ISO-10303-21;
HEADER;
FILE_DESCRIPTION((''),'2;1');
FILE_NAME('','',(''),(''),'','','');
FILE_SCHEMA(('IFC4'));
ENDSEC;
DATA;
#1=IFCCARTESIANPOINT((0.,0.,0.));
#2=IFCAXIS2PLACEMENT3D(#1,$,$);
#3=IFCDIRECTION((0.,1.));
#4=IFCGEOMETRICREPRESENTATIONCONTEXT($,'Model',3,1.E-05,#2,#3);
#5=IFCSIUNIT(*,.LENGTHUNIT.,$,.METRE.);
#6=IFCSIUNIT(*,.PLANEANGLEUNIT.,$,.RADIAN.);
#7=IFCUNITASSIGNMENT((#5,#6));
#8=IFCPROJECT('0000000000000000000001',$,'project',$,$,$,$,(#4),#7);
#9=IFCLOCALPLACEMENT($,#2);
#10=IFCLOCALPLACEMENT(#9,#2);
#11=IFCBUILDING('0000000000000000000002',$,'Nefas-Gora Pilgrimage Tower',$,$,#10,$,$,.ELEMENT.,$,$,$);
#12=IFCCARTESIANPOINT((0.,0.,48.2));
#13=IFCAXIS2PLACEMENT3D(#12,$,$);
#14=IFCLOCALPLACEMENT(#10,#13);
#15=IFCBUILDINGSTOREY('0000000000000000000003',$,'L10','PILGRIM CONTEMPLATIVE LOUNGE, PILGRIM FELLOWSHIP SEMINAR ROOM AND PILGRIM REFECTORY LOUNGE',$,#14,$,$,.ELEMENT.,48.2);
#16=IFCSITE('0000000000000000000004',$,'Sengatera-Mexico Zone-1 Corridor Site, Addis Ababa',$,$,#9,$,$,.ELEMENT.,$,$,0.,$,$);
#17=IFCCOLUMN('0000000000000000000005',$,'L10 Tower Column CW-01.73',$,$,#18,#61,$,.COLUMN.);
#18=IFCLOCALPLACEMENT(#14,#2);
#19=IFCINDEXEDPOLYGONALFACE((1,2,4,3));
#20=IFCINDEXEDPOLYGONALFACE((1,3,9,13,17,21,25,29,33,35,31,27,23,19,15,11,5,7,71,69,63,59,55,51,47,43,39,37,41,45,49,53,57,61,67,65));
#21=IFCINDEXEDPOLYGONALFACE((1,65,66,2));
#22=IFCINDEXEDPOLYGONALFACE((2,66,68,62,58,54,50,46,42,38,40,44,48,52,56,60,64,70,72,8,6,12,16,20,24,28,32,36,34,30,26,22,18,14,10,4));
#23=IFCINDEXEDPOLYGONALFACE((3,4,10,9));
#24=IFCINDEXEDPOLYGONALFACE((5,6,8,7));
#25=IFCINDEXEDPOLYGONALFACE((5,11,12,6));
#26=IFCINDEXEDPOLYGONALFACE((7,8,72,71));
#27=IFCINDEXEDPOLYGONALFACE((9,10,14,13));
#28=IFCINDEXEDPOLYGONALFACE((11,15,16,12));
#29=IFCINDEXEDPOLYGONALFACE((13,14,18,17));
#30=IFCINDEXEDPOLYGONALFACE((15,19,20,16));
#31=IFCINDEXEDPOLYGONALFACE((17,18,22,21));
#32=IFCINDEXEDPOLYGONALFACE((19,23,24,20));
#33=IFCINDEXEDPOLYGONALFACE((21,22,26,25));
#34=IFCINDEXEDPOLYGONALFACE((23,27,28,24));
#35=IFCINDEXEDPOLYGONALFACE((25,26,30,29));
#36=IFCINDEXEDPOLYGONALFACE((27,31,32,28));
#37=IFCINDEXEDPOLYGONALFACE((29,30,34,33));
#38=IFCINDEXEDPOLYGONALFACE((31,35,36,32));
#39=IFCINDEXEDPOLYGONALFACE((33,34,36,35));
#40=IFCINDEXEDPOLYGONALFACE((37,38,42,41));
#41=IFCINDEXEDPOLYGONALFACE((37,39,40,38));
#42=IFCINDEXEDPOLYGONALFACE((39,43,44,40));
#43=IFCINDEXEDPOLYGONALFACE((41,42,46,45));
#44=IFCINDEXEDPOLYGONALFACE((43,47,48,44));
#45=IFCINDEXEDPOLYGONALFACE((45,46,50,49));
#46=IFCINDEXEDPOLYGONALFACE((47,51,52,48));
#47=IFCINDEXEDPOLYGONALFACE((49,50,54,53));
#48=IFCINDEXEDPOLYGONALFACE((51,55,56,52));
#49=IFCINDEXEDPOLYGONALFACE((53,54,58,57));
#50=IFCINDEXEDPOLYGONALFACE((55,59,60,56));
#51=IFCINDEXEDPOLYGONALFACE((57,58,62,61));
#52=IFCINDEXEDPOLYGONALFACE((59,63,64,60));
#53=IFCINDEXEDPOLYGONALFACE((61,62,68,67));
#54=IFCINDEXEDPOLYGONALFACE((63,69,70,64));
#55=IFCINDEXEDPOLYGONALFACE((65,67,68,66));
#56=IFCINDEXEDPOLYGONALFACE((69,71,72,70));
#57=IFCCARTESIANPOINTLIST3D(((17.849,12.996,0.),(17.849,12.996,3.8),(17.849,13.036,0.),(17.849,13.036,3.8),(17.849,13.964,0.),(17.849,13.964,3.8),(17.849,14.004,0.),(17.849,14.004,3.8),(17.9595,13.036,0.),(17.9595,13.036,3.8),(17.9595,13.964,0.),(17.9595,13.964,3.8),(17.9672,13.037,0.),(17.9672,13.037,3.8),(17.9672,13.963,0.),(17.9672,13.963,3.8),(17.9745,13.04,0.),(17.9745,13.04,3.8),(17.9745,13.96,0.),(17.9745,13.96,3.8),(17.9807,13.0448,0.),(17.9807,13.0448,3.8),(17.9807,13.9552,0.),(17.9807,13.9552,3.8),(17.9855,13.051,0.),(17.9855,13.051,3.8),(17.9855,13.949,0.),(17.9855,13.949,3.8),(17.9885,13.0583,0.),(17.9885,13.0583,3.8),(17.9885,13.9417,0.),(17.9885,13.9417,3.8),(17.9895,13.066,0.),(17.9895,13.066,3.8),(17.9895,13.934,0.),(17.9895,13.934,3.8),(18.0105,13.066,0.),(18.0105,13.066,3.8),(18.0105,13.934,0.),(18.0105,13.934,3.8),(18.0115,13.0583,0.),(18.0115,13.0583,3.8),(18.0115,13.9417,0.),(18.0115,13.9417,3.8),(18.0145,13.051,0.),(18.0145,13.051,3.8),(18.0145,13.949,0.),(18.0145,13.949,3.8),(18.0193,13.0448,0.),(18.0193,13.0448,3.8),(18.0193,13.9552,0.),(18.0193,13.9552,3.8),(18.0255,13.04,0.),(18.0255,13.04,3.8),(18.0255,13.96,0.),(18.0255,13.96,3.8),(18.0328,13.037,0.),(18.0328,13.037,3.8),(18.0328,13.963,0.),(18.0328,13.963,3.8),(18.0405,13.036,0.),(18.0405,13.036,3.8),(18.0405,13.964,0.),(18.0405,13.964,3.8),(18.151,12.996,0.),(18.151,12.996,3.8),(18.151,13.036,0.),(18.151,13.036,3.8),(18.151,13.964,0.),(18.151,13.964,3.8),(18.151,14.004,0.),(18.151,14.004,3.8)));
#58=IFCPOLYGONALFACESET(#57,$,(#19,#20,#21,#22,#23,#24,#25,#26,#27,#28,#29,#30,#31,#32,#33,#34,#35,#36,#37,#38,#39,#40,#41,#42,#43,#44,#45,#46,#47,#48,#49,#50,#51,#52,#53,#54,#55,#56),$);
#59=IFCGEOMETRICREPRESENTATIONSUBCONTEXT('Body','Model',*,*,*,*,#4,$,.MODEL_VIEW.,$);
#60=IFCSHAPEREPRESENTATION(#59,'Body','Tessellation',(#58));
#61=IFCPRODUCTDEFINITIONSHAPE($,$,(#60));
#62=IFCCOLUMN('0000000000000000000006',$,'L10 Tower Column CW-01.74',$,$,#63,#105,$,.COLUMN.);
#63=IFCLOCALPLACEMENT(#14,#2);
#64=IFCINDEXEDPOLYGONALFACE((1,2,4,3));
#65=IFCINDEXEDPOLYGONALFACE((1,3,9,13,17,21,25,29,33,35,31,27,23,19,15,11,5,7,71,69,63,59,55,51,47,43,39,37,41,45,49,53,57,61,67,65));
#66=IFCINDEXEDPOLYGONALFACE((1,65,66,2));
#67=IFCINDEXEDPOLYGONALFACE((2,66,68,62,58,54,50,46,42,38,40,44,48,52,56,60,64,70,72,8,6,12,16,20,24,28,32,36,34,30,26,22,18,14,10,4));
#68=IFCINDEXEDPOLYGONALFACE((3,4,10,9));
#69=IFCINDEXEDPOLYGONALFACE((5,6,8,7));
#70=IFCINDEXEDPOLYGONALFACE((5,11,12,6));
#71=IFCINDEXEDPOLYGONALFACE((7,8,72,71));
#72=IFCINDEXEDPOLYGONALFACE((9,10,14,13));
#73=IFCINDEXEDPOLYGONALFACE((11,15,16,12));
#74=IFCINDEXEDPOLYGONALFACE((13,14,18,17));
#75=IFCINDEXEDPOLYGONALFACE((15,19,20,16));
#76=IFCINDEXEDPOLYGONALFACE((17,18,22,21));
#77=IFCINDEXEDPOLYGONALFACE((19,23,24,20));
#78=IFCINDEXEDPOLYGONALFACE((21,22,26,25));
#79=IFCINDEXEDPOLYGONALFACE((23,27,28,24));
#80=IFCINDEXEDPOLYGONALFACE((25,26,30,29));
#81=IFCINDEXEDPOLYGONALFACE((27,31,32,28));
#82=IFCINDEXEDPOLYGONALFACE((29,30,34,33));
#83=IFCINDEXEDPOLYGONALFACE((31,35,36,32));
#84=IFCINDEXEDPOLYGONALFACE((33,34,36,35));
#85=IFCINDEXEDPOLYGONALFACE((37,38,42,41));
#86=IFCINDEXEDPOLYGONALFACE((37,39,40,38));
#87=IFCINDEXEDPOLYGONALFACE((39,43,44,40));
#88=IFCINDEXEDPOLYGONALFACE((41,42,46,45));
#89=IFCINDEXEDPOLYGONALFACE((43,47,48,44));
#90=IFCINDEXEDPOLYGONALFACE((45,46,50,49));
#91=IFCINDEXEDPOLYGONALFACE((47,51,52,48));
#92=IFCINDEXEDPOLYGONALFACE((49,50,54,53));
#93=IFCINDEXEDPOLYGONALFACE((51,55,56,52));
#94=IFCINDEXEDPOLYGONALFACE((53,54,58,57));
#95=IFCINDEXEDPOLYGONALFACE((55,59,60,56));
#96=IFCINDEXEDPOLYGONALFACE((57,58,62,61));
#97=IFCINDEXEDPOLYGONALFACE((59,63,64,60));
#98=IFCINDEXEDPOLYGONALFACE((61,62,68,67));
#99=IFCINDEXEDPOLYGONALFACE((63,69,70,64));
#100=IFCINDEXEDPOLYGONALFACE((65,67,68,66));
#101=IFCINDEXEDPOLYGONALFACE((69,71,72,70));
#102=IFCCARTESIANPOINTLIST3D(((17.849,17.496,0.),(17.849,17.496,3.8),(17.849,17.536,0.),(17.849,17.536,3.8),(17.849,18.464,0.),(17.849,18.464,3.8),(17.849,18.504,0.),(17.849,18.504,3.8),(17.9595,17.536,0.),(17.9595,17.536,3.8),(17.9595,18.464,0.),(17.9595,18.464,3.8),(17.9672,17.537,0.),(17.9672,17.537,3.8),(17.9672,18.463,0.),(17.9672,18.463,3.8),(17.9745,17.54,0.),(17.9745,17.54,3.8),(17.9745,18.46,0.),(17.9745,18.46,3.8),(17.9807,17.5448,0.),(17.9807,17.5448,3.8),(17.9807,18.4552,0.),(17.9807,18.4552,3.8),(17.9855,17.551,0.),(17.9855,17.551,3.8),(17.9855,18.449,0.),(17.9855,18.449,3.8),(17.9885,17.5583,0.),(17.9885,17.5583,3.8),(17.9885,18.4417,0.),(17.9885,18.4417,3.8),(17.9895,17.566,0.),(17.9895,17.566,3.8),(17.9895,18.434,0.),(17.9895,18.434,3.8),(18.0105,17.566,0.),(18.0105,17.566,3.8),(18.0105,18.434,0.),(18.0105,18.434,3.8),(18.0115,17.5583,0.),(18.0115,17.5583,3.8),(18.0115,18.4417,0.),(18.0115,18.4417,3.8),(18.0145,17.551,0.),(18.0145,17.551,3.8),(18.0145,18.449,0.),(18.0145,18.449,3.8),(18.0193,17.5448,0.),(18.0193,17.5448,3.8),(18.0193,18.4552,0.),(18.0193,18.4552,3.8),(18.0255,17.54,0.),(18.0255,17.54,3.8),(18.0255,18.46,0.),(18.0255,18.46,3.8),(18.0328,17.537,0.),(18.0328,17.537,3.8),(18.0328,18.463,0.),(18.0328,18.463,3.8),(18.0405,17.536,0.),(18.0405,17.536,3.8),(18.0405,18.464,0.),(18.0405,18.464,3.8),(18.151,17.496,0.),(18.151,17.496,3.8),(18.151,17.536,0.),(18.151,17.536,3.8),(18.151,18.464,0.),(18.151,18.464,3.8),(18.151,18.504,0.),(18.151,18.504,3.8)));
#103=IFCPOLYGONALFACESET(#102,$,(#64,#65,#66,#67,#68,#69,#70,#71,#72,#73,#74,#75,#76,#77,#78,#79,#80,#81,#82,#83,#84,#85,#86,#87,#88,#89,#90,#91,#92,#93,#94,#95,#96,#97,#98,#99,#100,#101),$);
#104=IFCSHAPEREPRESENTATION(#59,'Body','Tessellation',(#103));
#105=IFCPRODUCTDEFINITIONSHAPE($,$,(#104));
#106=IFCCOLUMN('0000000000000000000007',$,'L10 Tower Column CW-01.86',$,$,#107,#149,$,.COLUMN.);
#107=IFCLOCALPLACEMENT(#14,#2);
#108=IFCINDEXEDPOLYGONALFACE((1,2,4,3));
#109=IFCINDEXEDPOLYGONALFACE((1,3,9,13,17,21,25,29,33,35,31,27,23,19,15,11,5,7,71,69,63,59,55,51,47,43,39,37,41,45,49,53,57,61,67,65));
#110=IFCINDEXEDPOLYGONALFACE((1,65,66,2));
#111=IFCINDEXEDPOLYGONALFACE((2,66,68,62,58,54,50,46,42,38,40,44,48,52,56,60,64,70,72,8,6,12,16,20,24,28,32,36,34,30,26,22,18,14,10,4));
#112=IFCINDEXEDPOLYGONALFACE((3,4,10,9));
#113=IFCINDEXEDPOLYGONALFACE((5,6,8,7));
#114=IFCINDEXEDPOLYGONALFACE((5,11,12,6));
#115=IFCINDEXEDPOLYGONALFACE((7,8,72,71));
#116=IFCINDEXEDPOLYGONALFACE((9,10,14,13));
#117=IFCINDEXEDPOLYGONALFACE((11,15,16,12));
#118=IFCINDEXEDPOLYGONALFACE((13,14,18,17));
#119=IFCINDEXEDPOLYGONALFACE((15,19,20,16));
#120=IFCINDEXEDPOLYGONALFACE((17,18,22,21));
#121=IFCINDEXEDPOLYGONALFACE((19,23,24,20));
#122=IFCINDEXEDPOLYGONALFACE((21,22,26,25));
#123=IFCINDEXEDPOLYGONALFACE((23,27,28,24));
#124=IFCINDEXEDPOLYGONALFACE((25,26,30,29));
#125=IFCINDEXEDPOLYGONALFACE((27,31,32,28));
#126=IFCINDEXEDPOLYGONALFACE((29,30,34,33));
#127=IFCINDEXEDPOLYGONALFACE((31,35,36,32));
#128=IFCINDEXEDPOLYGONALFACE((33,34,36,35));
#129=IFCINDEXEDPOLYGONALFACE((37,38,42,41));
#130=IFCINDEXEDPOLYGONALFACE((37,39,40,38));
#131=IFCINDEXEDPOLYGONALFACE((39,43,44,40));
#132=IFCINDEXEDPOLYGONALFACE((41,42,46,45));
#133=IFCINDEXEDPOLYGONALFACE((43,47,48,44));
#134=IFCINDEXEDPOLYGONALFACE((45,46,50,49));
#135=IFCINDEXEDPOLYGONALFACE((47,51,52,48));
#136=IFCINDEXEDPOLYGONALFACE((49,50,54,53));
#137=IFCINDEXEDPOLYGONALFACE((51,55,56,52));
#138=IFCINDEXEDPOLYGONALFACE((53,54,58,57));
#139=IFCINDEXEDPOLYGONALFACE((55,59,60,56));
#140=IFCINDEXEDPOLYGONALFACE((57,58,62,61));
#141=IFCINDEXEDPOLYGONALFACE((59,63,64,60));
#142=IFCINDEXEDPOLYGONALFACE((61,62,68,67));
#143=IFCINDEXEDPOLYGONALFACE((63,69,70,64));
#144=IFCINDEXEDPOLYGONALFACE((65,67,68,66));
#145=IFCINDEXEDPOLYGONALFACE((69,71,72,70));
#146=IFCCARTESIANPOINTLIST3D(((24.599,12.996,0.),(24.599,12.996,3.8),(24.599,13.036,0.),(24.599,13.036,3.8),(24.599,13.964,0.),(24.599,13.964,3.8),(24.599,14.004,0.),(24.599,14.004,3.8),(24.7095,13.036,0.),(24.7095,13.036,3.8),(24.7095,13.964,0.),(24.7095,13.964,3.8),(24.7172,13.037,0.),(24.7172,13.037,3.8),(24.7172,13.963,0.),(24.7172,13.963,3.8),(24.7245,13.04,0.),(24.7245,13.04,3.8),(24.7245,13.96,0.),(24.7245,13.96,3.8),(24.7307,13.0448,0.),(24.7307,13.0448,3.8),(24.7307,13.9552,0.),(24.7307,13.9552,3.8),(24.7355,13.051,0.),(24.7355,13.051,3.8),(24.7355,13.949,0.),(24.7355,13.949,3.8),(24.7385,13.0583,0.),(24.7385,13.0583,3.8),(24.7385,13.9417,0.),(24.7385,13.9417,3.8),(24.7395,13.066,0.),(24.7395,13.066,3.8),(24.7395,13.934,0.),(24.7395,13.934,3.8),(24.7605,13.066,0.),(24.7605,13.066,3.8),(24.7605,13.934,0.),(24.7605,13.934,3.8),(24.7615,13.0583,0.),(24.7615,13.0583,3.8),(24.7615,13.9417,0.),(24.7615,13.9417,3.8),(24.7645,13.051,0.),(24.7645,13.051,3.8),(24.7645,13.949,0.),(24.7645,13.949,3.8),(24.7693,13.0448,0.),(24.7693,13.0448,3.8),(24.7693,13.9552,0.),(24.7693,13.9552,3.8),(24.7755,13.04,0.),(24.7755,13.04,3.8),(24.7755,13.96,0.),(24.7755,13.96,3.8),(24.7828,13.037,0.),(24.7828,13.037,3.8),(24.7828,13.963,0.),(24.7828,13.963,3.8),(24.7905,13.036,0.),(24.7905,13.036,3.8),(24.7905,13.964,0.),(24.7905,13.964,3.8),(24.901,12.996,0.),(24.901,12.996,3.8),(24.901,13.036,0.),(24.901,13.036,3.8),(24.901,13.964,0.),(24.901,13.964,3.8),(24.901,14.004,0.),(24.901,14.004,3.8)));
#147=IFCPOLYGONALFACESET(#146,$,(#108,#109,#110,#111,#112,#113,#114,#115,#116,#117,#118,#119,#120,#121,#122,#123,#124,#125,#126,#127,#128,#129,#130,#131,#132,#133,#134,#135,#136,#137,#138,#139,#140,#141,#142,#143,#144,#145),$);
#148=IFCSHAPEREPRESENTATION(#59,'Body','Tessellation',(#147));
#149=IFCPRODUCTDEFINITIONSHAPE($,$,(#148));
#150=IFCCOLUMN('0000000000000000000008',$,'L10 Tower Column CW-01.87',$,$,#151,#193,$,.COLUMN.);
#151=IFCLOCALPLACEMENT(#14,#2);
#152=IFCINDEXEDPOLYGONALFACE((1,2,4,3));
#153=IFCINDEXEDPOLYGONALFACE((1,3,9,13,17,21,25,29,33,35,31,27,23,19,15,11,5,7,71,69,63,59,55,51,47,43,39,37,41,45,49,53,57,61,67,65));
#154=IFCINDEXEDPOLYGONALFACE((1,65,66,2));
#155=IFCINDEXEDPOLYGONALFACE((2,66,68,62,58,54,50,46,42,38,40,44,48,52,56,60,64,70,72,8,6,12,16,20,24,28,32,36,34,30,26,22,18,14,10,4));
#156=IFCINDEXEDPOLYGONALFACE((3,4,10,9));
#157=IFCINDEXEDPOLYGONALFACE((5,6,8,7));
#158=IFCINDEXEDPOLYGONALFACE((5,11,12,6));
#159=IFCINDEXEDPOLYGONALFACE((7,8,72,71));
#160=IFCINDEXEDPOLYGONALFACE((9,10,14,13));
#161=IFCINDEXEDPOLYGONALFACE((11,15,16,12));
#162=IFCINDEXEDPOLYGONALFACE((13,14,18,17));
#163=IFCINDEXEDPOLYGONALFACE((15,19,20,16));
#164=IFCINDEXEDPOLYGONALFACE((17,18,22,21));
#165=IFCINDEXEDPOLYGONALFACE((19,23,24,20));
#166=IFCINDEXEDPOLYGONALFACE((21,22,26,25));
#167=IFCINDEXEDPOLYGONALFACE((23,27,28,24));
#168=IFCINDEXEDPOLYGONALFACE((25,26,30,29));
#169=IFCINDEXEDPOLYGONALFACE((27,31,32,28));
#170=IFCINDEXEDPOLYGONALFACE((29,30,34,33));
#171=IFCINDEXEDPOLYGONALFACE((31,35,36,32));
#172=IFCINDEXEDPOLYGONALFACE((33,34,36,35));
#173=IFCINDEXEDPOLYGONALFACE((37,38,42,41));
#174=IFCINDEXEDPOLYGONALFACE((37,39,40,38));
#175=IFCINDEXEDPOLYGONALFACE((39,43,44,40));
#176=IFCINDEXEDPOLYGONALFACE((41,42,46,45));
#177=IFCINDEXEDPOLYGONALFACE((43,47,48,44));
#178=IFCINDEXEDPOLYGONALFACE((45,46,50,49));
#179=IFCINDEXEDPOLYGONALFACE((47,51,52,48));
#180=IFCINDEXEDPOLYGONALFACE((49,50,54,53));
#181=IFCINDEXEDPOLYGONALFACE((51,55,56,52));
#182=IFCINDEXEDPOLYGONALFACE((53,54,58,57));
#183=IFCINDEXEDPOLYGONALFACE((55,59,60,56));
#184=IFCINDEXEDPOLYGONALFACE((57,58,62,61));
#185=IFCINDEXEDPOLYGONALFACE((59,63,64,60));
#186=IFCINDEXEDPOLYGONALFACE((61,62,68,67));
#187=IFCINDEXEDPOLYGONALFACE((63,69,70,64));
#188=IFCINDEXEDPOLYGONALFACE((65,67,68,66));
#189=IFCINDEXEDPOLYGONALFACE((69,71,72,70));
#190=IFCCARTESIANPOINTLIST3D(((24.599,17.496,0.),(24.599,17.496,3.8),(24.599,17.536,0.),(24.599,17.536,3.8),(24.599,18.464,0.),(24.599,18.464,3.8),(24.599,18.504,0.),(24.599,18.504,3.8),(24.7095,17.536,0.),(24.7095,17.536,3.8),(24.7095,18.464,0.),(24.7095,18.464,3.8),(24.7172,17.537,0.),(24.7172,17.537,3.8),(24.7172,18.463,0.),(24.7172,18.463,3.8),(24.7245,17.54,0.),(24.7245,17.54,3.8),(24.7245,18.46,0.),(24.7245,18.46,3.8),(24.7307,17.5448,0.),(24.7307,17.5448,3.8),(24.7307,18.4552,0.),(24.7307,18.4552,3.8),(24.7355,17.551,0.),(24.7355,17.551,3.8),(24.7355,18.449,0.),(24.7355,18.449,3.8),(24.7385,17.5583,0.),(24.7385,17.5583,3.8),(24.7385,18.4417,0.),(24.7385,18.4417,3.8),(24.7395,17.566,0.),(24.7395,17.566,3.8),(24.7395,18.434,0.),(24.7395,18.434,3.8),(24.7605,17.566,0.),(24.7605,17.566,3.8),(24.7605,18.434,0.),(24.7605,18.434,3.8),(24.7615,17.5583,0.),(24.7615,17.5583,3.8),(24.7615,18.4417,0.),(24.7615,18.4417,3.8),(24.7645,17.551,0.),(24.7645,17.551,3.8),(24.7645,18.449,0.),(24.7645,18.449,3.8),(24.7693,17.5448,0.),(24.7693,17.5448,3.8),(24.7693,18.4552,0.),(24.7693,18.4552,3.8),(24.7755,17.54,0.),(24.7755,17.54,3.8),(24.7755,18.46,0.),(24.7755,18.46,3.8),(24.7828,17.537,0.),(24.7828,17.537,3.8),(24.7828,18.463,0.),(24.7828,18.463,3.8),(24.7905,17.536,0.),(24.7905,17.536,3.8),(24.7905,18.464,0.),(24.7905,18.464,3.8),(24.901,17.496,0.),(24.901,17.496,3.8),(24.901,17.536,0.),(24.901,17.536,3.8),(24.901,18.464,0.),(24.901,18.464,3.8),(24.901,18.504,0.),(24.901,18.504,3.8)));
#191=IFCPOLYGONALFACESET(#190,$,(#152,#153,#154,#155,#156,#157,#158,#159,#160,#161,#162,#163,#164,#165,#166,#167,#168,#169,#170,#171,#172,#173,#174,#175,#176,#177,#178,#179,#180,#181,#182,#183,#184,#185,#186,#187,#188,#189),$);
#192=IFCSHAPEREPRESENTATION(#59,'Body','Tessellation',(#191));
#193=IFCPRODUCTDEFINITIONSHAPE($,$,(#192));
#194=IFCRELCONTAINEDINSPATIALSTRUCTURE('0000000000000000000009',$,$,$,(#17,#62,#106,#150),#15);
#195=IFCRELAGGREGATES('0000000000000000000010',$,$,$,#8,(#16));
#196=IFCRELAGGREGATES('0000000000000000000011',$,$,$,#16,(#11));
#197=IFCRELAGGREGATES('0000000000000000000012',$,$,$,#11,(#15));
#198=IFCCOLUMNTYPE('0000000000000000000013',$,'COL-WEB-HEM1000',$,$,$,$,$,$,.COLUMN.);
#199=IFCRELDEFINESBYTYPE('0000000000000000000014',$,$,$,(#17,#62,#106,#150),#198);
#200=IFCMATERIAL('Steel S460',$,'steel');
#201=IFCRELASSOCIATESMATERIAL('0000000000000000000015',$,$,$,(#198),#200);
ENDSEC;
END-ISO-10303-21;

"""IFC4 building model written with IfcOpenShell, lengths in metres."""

from ifc_helpers import new_model, si_unit, direction, frame, origin, origin_2d, place, context, subcontext, project, spatial, i_section, extrude, source, transform, mapped, material, material_profile, profile_set, type_object, element, save


model = new_model("IFC4")

# Units and contexts
model_context = context("Model", 3, precision=1e-05, world=origin(), true_north=direction((0.0, 1.0)))
body_context = subcontext(model_context, "Body", "Model", "MODEL_VIEW")
ifc_project = project(units=[si_unit("LENGTHUNIT", "METRE"), si_unit("PLANEANGLEUNIT", "RADIAN")], contexts=[model_context])

# Site, building, storey
site_placement = place(None, origin())
site = spatial("IfcSite", under=ifc_project, at=site_placement, Name="Sengatera-Mexico Zone-1 Corridor Site, Addis Ababa", CompositionType="ELEMENT", RefElevation=0.0)
building_placement = place(site_placement, origin())
building = spatial("IfcBuilding", under=site, at=building_placement, Name="Nefas-Gora Pilgrimage Tower", CompositionType="ELEMENT")
storey_placement = place(building_placement, frame((0.0, 0.0, 48.2)))
storey = spatial("IfcBuildingStorey", under=building, at=storey_placement, Name="L10", Description="PILGRIM CONTEMPLATIVE LOUNGE, PILGRIM FELLOWSHIP SEMINAR ROOM AND PILGRIM REFECTORY LOUNGE", CompositionType="ELEMENT", Elevation=48.2)

# Columns
ifc_material_1 = material(Name="Steel S460", Category="steel")
ifc_material_profile_1 = material_profile(ifc_material_1, i_section(OverallWidth=0.302, OverallDepth=1.0081, WebThickness=0.021, FlangeThickness=0.04, FilletRadius=0.03, at=origin_2d()), Name="HEM 1000")
ifc_profile_set_1 = profile_set([ifc_material_profile_1], Name="Steel S460")
column_type_1 = type_object("IfcColumnType", Name="COL-WEB-HEM1000", PredefinedType="COLUMN", material=ifc_profile_set_1)
shared_shape_1 = source(origin(), body_context, "Body", "SweptSolid", [
    extrude(i_section(OverallWidth=0.302, OverallDepth=1.0081, WebThickness=0.021, FlangeThickness=0.04, FilletRadius=0.03, at=origin_2d()), origin(), (0.0, 0.0, 1.0), 3.8),
])
for number, where, z_axis, x_axis, name in (
    (1, (18.0, 13.5, 0.0), (0.0, 0.0, 1.0), (1.0, 0.0, 0.0), "L10 Tower Column CW-01.73"),
    (2, (18.0, 18.0, 0.0), (0.0, 0.0, 1.0), (1.0, 0.0, 0.0), "L10 Tower Column CW-01.74"),
    (3, (24.75, 13.5, 0.0), (0.0, 0.0, 1.0), (1.0, 0.0, 0.0), "L10 Tower Column CW-01.86"),
    (4, (24.75, 18.0, 0.0), (0.0, 0.0, 1.0), (1.0, 0.0, 0.0), "L10 Tower Column CW-01.87"),
):
    element("IfcColumn", number, at=place(storey_placement, frame(where, z_axis=z_axis, x_axis=x_axis)), inside=storey, type_object=column_type_1, Name=name, PredefinedType="COLUMN", context=body_context, shape_type="MappedRepresentation", body=[
        mapped(shared_shape_1, transform((0.0, 0.0, 0.0), x_axis=(1.0, 0.0, 0.0), y_axis=(0.0, 1.0, 0.0), z_axis=(0.0, 0.0, 1.0), scale=1.0)),
    ])

save(model, "model.ifc")
